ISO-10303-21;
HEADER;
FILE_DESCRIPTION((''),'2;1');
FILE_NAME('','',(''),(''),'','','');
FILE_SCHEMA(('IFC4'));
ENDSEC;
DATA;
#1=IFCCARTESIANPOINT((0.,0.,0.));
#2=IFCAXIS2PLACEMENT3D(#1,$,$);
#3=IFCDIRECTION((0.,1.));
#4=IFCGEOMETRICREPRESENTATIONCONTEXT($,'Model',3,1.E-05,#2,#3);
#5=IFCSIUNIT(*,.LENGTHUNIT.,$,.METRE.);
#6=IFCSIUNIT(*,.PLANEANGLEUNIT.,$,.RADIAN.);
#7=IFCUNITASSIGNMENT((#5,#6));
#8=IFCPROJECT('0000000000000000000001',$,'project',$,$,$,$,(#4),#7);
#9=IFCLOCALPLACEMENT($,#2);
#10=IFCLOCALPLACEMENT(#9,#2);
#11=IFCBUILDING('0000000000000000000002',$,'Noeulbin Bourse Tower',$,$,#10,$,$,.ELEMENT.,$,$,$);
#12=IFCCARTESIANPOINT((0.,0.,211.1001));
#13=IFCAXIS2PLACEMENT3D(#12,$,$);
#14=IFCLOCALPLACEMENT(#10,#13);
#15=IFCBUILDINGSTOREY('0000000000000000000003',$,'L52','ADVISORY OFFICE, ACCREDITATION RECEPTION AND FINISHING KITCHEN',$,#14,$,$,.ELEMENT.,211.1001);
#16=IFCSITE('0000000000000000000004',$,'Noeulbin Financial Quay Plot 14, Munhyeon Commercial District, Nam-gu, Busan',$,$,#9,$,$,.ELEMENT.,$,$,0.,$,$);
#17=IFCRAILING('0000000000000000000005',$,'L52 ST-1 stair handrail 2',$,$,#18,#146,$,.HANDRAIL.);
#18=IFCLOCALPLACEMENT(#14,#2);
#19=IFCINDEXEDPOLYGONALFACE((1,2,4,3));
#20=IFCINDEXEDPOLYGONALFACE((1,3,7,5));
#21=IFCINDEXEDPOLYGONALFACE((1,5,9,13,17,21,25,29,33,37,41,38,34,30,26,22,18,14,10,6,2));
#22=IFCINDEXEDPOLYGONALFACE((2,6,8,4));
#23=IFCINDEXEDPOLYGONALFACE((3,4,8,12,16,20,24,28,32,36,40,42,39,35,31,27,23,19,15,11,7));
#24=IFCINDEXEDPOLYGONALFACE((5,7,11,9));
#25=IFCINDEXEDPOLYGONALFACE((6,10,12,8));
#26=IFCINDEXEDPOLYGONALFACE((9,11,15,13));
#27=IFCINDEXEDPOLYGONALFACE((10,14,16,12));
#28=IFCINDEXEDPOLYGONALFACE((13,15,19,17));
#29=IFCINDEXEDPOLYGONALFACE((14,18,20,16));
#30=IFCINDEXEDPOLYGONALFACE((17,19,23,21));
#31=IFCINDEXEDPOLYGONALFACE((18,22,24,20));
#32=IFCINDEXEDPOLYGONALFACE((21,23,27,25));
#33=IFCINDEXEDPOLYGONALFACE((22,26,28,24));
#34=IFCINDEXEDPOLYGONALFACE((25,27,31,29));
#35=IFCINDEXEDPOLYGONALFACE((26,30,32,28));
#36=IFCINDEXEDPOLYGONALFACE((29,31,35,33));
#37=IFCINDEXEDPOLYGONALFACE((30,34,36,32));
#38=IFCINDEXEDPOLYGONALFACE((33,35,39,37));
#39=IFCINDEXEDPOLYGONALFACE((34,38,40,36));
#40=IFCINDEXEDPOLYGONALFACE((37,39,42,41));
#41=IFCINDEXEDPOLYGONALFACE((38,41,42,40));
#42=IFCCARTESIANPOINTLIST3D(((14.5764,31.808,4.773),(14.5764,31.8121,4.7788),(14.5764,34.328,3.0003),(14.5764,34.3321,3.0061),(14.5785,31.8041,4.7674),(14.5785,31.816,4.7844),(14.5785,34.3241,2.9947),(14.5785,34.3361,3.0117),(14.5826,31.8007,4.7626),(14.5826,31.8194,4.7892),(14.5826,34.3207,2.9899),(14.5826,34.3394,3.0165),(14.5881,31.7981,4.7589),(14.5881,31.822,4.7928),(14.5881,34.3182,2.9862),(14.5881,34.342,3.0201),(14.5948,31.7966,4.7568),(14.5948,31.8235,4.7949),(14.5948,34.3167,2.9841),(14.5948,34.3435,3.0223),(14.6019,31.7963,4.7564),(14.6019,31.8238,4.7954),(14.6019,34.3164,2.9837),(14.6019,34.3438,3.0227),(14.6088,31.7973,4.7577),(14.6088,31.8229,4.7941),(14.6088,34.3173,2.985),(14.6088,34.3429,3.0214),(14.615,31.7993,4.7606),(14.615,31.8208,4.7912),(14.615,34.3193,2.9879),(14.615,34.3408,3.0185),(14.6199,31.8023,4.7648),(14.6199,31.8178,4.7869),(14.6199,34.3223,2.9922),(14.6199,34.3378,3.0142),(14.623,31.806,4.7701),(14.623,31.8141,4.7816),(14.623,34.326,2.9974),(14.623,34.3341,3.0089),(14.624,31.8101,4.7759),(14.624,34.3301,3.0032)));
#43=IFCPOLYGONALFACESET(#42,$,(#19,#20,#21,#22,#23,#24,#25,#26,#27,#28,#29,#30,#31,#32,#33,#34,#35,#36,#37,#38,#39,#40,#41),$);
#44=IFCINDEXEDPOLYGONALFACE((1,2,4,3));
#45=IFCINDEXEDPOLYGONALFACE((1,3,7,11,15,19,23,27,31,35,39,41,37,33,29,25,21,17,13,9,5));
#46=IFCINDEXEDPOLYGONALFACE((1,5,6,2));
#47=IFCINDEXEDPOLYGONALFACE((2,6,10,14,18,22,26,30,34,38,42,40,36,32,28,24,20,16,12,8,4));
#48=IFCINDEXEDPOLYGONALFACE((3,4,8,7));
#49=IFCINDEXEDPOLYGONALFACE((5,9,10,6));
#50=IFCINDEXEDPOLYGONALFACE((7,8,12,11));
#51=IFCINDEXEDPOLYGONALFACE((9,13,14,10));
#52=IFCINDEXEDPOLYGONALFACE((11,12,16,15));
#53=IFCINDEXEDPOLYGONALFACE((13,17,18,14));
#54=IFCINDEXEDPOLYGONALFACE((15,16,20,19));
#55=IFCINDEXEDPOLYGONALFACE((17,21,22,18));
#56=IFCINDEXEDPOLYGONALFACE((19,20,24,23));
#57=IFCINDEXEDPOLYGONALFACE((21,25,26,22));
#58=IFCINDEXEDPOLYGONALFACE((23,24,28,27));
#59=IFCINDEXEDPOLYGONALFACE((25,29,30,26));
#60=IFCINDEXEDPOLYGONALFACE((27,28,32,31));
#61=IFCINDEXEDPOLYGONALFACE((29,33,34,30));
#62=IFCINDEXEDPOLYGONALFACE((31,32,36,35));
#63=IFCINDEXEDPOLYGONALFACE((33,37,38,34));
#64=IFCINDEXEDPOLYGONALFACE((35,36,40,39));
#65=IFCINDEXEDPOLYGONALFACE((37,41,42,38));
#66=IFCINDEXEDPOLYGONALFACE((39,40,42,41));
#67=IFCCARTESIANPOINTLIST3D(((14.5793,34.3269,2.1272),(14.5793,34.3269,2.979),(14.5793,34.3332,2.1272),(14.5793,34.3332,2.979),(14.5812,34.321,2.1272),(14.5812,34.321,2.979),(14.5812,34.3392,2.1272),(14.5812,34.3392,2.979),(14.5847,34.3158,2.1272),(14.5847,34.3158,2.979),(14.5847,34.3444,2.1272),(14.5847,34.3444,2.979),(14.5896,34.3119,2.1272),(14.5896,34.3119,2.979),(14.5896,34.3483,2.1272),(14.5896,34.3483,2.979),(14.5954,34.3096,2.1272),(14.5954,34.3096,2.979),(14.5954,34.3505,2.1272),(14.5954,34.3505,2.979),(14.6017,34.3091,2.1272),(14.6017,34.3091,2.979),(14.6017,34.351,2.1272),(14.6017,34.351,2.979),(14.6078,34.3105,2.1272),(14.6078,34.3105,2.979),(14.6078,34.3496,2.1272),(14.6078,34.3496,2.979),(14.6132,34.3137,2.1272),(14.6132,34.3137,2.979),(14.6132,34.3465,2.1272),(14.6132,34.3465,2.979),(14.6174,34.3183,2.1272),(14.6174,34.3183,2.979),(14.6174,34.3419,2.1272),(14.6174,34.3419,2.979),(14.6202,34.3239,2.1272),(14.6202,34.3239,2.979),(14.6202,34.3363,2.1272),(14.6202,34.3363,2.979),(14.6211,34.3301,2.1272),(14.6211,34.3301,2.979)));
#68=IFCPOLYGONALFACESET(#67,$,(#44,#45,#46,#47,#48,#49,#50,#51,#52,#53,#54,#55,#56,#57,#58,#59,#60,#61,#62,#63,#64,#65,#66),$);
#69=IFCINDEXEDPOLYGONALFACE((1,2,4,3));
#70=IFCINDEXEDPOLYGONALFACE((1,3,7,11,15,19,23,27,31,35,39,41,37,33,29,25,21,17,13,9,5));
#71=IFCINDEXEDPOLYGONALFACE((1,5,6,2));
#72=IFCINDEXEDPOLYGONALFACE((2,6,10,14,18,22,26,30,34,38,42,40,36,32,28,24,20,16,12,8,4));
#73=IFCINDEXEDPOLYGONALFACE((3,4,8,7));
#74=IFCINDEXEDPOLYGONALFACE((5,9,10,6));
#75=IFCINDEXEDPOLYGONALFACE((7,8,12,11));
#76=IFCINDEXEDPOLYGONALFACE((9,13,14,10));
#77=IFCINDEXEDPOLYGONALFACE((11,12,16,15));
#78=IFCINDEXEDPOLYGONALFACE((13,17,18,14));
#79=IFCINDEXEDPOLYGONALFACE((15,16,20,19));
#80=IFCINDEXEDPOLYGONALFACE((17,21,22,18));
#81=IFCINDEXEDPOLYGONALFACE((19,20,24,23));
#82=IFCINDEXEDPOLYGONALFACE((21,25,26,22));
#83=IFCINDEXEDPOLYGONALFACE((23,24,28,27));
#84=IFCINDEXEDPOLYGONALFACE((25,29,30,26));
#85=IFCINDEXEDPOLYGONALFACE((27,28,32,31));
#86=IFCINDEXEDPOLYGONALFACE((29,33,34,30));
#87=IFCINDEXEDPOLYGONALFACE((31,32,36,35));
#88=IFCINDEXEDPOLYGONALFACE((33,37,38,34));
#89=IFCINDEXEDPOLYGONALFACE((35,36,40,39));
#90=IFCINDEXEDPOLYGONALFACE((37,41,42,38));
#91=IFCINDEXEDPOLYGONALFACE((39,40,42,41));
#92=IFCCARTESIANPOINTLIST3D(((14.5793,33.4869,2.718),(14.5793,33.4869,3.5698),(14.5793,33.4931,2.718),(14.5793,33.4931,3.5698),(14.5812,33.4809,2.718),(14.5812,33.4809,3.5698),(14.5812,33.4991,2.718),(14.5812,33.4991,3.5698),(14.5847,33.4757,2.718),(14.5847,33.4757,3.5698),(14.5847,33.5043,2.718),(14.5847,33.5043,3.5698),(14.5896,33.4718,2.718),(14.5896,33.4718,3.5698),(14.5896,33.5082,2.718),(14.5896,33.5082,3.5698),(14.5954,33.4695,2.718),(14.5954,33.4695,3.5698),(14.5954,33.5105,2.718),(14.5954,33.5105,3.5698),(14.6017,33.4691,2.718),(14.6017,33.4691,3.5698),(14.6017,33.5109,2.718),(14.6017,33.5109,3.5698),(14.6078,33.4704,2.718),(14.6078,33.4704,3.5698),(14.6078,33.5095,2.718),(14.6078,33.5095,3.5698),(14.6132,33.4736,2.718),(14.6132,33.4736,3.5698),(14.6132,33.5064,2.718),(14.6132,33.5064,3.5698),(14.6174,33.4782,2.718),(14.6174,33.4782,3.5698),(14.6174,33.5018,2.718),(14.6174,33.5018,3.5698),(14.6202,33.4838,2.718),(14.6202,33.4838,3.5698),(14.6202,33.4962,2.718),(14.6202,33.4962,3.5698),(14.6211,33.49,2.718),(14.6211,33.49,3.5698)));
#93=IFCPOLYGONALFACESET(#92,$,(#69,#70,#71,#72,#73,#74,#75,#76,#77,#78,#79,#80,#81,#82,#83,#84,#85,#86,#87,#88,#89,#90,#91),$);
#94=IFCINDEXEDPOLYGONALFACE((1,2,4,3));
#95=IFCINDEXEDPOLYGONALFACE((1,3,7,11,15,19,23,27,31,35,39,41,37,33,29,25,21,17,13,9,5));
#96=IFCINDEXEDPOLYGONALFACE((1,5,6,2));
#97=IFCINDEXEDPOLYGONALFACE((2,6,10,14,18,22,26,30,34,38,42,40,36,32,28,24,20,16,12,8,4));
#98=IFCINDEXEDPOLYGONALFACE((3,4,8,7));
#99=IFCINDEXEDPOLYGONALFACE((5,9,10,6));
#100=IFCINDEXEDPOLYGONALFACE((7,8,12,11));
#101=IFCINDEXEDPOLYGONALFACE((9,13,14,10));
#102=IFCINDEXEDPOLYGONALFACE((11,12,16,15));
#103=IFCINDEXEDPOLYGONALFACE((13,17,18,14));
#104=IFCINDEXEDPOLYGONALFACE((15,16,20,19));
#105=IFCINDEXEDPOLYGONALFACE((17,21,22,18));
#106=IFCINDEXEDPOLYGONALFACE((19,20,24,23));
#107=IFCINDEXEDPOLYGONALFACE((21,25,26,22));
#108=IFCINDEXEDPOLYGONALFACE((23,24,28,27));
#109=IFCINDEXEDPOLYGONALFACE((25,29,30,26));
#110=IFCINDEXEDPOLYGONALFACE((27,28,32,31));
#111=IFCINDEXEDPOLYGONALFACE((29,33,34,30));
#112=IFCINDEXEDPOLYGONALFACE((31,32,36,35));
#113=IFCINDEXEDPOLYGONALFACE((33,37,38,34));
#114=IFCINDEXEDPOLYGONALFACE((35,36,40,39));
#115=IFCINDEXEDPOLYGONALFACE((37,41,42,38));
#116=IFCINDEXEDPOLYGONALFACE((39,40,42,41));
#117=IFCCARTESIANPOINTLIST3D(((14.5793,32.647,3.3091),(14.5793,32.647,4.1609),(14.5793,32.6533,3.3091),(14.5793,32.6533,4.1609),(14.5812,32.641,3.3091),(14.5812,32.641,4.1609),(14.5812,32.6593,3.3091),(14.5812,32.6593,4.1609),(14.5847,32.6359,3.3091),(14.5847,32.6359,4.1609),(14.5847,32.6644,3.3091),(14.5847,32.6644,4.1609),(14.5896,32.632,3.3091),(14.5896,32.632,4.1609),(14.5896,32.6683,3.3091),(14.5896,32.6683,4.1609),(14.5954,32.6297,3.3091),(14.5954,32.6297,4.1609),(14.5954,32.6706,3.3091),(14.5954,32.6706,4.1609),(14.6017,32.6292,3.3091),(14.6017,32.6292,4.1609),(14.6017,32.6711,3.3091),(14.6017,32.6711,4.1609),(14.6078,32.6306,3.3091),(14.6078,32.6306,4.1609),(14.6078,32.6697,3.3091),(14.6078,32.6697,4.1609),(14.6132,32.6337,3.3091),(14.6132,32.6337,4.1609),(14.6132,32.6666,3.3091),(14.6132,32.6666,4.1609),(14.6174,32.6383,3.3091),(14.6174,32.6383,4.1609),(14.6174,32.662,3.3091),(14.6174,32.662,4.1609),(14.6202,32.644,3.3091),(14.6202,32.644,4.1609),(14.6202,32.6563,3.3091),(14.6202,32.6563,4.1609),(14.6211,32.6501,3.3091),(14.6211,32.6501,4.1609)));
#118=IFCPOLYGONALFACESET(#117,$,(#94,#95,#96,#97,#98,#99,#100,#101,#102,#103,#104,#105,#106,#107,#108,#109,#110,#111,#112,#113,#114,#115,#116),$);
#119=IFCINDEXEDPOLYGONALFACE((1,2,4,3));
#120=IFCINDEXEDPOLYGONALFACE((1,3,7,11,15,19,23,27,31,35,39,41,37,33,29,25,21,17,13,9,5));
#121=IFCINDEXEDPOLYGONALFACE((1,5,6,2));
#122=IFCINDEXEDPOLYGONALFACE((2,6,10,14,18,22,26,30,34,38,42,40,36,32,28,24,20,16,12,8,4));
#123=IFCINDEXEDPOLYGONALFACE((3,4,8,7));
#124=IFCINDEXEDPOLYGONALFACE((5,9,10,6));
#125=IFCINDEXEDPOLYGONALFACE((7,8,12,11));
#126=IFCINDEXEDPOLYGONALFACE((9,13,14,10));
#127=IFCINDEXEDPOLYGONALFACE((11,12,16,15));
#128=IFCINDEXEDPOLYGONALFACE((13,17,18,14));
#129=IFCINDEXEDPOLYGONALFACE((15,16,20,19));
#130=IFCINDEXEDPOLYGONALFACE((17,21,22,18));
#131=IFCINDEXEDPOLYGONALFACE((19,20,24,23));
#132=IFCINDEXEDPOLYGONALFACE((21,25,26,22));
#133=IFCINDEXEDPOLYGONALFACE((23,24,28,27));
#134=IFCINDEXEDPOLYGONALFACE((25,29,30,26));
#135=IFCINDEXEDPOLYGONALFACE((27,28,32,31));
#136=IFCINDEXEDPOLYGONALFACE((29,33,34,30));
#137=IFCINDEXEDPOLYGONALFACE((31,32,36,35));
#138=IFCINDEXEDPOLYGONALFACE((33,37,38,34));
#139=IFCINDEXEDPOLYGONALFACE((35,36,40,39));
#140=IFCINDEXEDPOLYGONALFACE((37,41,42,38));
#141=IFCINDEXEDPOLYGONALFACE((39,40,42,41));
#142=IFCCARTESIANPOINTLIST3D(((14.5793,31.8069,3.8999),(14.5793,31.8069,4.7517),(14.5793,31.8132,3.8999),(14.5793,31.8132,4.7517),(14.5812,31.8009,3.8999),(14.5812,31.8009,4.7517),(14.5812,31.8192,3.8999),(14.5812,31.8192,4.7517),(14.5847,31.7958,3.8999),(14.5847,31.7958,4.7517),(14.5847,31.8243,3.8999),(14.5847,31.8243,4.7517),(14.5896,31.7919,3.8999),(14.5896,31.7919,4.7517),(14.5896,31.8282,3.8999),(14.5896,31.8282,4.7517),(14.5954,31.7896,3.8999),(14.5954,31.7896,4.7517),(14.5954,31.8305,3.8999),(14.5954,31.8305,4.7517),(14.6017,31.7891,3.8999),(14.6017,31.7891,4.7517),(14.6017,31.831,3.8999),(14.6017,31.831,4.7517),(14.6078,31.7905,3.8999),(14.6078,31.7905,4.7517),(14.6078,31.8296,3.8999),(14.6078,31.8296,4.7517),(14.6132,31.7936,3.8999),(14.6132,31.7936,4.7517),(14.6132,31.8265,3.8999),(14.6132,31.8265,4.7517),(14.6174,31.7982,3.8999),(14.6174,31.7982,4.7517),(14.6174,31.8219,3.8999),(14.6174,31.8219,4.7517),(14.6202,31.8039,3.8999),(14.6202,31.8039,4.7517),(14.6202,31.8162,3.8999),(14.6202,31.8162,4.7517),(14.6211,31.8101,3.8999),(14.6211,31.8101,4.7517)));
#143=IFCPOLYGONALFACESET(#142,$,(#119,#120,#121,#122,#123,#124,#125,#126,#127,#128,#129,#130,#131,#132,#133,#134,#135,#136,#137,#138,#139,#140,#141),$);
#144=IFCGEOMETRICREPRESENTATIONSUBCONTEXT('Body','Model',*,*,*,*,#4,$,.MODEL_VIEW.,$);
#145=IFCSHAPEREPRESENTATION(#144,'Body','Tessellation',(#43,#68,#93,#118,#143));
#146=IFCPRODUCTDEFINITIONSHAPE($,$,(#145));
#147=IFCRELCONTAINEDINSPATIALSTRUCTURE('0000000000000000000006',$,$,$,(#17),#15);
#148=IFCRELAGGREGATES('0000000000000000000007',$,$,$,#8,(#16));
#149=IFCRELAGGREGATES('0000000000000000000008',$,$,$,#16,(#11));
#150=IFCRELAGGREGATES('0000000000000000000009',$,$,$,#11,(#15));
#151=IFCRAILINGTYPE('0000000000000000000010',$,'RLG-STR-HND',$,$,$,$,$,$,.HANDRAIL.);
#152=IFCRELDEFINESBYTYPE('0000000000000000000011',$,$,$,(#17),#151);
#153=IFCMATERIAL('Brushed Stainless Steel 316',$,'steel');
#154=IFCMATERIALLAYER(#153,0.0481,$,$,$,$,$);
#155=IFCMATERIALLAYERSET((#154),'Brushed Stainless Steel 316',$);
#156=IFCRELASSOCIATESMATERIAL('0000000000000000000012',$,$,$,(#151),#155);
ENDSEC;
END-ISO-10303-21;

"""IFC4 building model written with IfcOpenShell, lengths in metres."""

from ifc_helpers import new_model, si_unit, direction, frame, origin, origin_2d, place, context, subcontext, project, spatial, circle, extrude, material, layer, layer_set, type_object, element, save


model = new_model("IFC4")

# Units and contexts
model_context = context("Model", 3, precision=1e-05, world=origin(), true_north=direction((0.0, 1.0)))
body_context = subcontext(model_context, "Body", "Model", "MODEL_VIEW")
ifc_project = project(units=[si_unit("LENGTHUNIT", "METRE"), si_unit("PLANEANGLEUNIT", "RADIAN")], contexts=[model_context])

# Site, building, storey
site_placement = place(None, origin())
site = spatial("IfcSite", under=ifc_project, at=site_placement, Name="Noeulbin Financial Quay Plot 14, Munhyeon Commercial District, Nam-gu, Busan", CompositionType="ELEMENT", RefElevation=0.0)
building_placement = place(site_placement, origin())
building = spatial("IfcBuilding", under=site, at=building_placement, Name="Noeulbin Bourse Tower", CompositionType="ELEMENT")
storey_placement = place(building_placement, frame((0.0, 0.0, 211.1001)))
storey = spatial("IfcBuildingStorey", under=building, at=storey_placement, Name="L52", Description="ADVISORY OFFICE, ACCREDITATION RECEPTION AND FINISHING KITCHEN", CompositionType="ELEMENT", Elevation=211.1001)

# Railing
ifc_material_1 = material(Name="Brushed Stainless Steel 316", Category="steel")
ifc_layer_1 = layer(ifc_material_1, 0.0481)
ifc_layer_set_1 = layer_set([ifc_layer_1], Name="Brushed Stainless Steel 316")
railing_type_1 = type_object("IfcRailingType", Name="RLG-STR-HND", PredefinedType="HANDRAIL", material=ifc_layer_set_1)
railing_1_placement = place(storey_placement, frame((14.6001, 34.3301, 2.1272)))
element("IfcRailing", 1, at=railing_1_placement, inside=storey, type_object=railing_type_1, Name="L52 ST-1 stair handrail 2", PredefinedType="HANDRAIL", context=body_context, shape_type="SweptSolid", body=[
    extrude(circle(Radius=0.0239, at=origin_2d()), frame((0.0, 0.0, 0.876), z_axis=(0.0, -0.817904, 0.575354), x_axis=(1.0, 0.0, 0.0)), (0.0, 0.0, 1.0), 3.0811),
    extrude(circle(Radius=0.021, at=origin_2d()), origin(), (0.0, 0.0, 1.0), 0.8518),
    extrude(circle(Radius=0.021, at=origin_2d()), frame((0.0, -0.8401, 0.5908)), (0.0, 0.0, 1.0), 0.8518),
    extrude(circle(Radius=0.021, at=origin_2d()), frame((0.0, -1.6799, 1.1819)), (0.0, 0.0, 1.0), 0.8518),
    extrude(circle(Radius=0.021, at=origin_2d()), frame((0.0, -2.52, 1.7727)), (0.0, 0.0, 1.0), 0.8518),
])

save(model, "model.ifc")
